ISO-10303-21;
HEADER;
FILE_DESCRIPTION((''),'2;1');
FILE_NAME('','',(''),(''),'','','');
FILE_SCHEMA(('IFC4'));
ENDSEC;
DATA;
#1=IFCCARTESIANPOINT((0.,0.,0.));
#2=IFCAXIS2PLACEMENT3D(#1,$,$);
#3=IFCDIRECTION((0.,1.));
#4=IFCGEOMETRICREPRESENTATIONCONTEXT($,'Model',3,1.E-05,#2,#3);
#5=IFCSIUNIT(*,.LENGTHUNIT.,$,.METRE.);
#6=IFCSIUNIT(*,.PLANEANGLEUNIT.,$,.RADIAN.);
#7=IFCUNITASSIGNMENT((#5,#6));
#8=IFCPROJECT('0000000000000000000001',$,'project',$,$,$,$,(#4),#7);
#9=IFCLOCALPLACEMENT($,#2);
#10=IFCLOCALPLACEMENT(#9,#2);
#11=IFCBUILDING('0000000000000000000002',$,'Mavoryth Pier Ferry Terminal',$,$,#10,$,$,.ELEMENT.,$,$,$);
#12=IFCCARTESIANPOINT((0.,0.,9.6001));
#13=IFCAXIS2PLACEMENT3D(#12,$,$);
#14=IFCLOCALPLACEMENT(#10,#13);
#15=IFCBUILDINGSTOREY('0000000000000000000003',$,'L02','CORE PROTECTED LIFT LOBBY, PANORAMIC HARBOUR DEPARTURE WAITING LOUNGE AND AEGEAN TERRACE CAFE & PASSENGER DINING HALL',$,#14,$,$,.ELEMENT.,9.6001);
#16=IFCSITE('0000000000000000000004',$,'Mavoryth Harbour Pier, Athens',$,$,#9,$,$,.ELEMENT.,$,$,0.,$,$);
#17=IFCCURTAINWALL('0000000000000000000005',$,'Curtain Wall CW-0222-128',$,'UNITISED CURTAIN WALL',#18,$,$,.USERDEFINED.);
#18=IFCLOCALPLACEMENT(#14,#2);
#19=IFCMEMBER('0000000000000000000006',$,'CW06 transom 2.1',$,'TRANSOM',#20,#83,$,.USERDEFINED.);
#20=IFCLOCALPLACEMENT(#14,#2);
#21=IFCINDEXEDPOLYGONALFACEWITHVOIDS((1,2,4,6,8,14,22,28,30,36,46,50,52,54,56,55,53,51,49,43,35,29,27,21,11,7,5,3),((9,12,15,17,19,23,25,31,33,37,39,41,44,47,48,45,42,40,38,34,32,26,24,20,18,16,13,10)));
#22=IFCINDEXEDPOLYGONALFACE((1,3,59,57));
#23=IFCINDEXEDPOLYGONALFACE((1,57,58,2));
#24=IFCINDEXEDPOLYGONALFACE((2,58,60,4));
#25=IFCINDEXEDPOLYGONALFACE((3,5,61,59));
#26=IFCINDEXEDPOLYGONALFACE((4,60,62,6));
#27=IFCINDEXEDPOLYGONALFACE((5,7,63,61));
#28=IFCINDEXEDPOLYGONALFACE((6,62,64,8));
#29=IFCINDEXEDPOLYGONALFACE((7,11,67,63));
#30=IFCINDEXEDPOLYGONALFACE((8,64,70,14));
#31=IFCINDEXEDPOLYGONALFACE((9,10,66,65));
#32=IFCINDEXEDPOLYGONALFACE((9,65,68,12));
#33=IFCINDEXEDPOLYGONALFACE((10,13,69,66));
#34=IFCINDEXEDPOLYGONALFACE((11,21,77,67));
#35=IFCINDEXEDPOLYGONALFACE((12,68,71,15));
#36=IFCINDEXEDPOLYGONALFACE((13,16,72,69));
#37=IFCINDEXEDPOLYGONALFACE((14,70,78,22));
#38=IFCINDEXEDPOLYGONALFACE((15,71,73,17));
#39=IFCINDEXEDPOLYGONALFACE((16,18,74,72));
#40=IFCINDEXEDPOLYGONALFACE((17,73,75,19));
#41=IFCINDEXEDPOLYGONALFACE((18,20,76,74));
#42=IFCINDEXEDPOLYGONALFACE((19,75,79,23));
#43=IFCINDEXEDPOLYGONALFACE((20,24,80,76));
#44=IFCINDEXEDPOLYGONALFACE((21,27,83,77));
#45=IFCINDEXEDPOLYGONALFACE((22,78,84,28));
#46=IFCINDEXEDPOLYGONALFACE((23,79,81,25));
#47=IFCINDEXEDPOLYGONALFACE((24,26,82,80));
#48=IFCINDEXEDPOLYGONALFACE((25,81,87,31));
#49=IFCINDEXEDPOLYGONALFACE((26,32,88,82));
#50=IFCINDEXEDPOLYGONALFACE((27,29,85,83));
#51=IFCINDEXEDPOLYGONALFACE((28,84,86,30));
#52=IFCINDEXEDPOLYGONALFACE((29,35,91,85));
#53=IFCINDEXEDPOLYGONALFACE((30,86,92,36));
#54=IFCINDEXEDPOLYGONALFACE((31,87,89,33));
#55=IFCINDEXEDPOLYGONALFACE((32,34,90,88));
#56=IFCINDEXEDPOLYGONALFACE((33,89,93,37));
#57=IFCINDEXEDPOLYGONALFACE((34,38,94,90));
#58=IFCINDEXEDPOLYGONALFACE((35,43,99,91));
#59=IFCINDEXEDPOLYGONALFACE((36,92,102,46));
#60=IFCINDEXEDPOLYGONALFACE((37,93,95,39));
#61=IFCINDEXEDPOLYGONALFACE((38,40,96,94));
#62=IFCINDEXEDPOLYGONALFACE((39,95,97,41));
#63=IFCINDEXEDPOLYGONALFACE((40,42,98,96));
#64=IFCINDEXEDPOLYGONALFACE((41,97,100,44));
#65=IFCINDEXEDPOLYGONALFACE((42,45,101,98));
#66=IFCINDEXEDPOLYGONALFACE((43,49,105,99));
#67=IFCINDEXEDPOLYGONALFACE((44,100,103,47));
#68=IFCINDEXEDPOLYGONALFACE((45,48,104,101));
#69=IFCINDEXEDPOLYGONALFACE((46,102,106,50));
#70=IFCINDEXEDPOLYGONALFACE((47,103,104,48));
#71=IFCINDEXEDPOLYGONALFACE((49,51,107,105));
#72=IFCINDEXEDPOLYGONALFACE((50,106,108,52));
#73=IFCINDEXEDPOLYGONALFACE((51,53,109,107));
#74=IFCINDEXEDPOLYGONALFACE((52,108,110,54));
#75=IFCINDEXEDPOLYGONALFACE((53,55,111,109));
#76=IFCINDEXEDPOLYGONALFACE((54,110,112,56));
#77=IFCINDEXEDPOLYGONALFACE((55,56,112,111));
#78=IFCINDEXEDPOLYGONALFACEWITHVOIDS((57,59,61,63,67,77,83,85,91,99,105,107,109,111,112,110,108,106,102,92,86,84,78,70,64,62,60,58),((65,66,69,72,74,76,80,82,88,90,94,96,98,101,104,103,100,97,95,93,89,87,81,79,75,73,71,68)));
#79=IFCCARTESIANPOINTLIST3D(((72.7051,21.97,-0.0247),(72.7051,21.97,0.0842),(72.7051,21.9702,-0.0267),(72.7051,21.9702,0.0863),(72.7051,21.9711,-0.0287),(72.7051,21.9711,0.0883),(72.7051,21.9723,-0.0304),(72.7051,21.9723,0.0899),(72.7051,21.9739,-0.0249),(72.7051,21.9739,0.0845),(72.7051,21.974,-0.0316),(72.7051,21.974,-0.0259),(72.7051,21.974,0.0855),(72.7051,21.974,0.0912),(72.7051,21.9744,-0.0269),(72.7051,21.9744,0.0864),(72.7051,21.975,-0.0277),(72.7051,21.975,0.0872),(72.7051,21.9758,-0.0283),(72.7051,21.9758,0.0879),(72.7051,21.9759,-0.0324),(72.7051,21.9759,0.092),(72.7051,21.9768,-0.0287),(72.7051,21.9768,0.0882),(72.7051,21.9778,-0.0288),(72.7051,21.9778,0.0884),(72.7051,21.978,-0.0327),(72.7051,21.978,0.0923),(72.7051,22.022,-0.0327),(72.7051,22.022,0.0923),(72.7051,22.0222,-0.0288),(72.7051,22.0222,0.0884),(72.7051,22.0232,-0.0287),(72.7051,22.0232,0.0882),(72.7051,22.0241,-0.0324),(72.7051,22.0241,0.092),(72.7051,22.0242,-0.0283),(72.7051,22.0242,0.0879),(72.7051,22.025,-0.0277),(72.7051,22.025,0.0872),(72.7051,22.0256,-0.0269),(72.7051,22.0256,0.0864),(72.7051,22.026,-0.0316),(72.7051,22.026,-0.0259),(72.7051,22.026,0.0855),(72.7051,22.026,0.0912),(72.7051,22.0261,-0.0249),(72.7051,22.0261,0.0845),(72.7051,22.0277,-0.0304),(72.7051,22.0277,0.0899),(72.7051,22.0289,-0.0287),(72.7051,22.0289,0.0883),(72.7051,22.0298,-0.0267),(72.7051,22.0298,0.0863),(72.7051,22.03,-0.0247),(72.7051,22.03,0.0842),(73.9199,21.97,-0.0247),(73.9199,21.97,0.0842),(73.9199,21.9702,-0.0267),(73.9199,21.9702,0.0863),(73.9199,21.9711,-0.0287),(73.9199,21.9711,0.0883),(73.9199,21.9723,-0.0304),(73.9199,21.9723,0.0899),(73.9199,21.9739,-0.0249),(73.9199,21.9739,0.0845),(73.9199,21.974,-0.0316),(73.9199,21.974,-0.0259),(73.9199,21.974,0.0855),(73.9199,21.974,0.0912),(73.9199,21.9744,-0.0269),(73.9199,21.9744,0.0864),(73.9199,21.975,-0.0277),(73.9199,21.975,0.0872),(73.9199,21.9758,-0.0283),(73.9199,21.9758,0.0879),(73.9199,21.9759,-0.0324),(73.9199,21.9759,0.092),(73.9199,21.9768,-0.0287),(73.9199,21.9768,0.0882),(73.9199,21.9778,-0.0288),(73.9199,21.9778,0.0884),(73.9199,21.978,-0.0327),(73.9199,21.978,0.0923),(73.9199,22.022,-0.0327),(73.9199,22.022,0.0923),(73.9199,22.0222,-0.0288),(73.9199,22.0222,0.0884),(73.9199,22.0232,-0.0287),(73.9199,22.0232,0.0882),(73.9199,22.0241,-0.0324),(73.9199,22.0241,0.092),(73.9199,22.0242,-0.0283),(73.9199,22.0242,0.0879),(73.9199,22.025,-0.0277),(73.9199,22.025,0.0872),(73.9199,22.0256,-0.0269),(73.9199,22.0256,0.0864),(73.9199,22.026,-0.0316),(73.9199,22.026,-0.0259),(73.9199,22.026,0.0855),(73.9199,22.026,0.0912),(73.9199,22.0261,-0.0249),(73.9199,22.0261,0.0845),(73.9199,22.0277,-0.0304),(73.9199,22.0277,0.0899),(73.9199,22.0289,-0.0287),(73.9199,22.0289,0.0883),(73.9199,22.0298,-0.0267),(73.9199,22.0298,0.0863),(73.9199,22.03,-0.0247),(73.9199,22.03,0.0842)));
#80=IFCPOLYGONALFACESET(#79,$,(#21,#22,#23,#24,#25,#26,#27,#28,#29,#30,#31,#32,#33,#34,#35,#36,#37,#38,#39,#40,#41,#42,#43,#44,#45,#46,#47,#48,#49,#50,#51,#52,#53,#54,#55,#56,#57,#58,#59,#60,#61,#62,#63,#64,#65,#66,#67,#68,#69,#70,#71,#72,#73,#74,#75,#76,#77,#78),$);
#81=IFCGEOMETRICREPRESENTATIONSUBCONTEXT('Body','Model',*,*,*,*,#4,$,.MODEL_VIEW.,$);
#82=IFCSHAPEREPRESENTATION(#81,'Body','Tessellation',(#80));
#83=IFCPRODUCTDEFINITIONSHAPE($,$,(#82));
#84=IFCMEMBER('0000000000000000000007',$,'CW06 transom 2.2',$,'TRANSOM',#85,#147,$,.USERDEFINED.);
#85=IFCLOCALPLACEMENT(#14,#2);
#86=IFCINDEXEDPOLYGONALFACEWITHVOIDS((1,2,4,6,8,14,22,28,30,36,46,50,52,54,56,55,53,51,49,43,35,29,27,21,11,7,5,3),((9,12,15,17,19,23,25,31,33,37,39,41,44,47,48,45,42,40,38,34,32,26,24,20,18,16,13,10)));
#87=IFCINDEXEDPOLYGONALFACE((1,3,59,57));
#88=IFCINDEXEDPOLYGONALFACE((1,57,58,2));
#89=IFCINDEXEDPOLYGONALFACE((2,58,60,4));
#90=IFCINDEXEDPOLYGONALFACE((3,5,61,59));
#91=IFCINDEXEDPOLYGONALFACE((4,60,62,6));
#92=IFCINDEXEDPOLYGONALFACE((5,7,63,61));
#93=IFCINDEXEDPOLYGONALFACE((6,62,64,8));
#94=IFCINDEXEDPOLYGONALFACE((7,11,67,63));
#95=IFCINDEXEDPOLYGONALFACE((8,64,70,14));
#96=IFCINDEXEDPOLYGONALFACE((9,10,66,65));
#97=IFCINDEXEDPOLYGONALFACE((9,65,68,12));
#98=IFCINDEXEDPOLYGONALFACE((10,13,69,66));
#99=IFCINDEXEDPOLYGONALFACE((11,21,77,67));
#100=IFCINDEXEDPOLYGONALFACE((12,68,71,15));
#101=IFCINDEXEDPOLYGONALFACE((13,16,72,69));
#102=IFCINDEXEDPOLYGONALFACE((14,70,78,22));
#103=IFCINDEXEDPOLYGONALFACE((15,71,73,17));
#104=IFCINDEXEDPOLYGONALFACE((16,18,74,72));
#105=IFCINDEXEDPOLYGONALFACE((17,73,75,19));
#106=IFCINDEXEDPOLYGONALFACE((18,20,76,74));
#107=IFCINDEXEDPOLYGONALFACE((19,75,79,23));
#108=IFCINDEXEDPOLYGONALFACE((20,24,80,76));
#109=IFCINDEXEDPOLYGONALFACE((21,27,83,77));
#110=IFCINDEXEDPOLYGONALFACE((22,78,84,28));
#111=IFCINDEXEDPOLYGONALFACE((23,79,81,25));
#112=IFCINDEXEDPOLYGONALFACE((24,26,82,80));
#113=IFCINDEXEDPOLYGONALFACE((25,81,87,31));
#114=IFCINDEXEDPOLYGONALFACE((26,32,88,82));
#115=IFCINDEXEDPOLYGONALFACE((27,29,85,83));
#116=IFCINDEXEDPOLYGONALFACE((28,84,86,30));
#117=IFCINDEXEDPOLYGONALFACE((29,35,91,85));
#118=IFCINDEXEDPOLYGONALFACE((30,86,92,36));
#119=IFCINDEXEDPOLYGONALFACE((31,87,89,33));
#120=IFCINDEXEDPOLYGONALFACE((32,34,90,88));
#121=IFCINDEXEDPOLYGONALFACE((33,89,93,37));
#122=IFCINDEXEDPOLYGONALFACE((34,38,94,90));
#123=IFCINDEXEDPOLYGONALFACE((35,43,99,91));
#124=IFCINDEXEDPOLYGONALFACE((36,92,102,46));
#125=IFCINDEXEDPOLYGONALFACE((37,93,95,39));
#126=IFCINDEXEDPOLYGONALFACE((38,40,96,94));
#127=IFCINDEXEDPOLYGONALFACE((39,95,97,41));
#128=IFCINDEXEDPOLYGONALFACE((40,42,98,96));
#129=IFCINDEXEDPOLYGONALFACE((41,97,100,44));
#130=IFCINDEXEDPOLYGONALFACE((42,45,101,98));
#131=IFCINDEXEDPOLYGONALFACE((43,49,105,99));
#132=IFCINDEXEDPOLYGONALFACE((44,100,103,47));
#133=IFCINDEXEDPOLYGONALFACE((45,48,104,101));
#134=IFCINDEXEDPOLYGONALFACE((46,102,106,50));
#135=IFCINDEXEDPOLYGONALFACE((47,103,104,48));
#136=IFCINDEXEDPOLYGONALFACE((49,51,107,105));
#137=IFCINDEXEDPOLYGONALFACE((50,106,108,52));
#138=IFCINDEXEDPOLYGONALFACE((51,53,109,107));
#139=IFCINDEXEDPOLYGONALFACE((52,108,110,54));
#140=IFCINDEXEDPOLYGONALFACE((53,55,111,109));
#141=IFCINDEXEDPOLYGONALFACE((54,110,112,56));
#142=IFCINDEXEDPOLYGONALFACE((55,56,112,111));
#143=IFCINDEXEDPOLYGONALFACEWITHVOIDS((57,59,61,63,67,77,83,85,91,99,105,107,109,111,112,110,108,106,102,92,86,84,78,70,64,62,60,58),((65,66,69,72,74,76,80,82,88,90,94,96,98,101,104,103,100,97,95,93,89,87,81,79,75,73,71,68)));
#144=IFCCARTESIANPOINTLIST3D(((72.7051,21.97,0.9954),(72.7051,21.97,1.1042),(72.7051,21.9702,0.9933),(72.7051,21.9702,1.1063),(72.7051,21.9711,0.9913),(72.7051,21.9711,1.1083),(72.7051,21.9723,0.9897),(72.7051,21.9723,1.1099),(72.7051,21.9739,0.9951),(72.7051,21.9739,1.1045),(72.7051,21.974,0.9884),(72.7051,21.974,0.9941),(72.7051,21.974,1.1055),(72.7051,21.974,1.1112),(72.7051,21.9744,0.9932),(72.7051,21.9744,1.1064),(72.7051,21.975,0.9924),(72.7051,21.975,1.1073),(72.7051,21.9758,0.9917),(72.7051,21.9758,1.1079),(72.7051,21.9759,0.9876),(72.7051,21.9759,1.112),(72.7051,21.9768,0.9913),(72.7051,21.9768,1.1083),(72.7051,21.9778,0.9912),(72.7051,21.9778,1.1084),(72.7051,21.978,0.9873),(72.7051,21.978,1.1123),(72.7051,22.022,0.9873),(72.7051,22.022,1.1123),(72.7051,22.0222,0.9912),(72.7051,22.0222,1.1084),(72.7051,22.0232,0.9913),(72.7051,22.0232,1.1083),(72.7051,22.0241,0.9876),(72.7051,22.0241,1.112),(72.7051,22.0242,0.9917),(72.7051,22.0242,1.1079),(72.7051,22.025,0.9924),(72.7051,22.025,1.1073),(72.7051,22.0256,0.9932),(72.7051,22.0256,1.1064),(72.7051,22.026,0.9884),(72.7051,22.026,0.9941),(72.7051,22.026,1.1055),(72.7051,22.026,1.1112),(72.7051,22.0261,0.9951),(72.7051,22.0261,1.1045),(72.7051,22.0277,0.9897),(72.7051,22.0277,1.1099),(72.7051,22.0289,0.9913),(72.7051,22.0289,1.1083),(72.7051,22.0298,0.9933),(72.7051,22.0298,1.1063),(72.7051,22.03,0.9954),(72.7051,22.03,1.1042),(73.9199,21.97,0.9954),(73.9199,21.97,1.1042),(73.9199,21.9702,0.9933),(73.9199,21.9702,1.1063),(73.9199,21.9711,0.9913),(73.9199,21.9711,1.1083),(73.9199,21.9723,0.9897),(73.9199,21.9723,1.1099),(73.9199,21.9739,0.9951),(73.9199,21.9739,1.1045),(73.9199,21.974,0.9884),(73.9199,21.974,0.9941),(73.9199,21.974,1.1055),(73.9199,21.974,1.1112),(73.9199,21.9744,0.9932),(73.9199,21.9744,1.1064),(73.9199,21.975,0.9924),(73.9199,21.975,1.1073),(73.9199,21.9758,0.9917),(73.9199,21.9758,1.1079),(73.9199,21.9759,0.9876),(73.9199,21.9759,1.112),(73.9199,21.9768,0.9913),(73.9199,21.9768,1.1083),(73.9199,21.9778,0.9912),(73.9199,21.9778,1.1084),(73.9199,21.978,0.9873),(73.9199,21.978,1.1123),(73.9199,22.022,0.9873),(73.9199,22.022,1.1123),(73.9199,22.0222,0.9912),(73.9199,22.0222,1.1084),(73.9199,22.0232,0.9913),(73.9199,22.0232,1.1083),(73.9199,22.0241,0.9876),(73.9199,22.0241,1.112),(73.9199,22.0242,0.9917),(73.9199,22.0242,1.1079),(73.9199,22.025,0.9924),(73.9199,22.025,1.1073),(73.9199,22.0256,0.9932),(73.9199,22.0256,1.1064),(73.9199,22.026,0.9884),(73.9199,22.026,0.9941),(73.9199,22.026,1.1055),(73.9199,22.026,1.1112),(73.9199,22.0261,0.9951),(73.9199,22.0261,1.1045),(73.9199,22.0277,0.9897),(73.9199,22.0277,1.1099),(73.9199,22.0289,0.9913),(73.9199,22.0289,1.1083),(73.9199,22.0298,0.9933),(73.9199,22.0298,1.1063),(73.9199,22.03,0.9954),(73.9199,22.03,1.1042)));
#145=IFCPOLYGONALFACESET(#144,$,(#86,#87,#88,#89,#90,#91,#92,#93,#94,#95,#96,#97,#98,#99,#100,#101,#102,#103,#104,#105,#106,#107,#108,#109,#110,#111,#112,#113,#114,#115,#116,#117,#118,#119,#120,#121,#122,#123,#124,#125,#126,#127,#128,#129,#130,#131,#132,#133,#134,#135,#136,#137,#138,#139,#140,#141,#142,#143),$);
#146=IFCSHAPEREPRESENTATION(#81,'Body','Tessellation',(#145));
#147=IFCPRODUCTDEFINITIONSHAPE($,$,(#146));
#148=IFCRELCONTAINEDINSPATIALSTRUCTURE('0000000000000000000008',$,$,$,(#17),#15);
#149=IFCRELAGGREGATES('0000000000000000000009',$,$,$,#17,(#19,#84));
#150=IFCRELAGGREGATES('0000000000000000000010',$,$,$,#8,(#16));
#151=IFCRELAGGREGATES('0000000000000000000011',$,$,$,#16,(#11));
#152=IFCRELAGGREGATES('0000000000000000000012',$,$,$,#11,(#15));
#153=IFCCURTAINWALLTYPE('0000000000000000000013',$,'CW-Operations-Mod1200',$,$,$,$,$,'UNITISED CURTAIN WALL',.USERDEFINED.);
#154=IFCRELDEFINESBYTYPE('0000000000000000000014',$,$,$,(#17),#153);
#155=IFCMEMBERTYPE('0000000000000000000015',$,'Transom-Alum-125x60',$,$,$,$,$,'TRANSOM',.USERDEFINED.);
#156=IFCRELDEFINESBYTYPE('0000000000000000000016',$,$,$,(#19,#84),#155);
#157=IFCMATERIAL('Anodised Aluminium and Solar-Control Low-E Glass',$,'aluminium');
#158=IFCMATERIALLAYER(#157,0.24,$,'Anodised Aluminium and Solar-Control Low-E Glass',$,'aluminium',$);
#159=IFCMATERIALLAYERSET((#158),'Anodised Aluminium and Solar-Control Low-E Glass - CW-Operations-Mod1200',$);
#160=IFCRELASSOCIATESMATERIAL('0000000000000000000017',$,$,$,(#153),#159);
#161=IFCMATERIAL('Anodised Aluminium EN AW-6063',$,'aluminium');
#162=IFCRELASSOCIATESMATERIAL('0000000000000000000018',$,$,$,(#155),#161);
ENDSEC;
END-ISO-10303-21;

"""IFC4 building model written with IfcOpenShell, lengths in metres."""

from ifc_helpers import new_model, si_unit, direction, frame, origin, origin_2d, place, context, subcontext, project, spatial, hollow_rectangle, extrude, material, layer, layer_set, material_profile, profile_set, type_object, element, aggregate, save


model = new_model("IFC4")

# Units and contexts
model_context = context("Model", 3, precision=1e-05, world=origin(), true_north=direction((0.0, 1.0)))
body_context = subcontext(model_context, "Body", "Model", "MODEL_VIEW")
ifc_project = project(units=[si_unit("LENGTHUNIT", "METRE"), si_unit("PLANEANGLEUNIT", "RADIAN")], contexts=[model_context])

# Site, building, storey
site_placement = place(None, origin())
site = spatial("IfcSite", under=ifc_project, at=site_placement, Name="Mavoryth Harbour Pier, Athens", CompositionType="ELEMENT", RefElevation=0.0)
building_placement = place(site_placement, origin())
building = spatial("IfcBuilding", under=site, at=building_placement, Name="Mavoryth Pier Ferry Terminal", CompositionType="ELEMENT")
storey_placement = place(building_placement, frame((0.0, 0.0, 9.6001)))
storey = spatial("IfcBuildingStorey", under=building, at=storey_placement, Name="L02", Description="CORE PROTECTED LIFT LOBBY, PANORAMIC HARBOUR DEPARTURE WAITING LOUNGE AND AEGEAN TERRACE CAFE & PASSENGER DINING HALL", CompositionType="ELEMENT", Elevation=9.6001)

# Curtain wall
ifc_material_1 = material(Name="Anodised Aluminium and Solar-Control Low-E Glass", Category="aluminium")
ifc_layer_1 = layer(ifc_material_1, 0.24, Name="Anodised Aluminium and Solar-Control Low-E Glass", Category="aluminium")
ifc_layer_set_1 = layer_set([ifc_layer_1], Name="Anodised Aluminium and Solar-Control Low-E Glass - CW-Operations-Mod1200")
curtain_wall_type = type_object("IfcCurtainWallType", Name="CW-Operations-Mod1200", ElementType="UNITISED CURTAIN WALL", PredefinedType="USERDEFINED", material=ifc_layer_set_1)
curtain_wall_1_placement = place(storey_placement, origin())
curtain_wall_1 = element("IfcCurtainWall", 1, at=curtain_wall_1_placement, inside=storey, type_object=curtain_wall_type, Name="Curtain Wall CW-0222-128", ObjectType="UNITISED CURTAIN WALL", PredefinedType="USERDEFINED")
ifc_material_2 = material(Name="Anodised Aluminium EN AW-6063", Category="aluminium")

# Members
ifc_material_profile_1 = material_profile(ifc_material_2, hollow_rectangle(XDim=0.0601, YDim=0.125, WallThickness=0.0039, InnerFilletRadius=0.0039, OuterFilletRadius=0.0081, at=origin_2d()), Name="AL-TRAN 125x60x4", Category="aluminium")
ifc_profile_set_1 = profile_set([ifc_material_profile_1], Name="Anodised Aluminium EN AW-6063 - AL-TRAN 125x60x4")
member_type_1 = type_object("IfcMemberType", Name="Transom-Alum-125x60", ElementType="TRANSOM", PredefinedType="USERDEFINED", material=ifc_profile_set_1)
member_1_placement = place(storey_placement, frame((73.9199, 22.0, 0.0298), z_axis=(-1.0, 0.0, 0.0), x_axis=(0.0, -1.0, 0.0)))
member_1 = element("IfcMember", 2, at=member_1_placement, type_object=member_type_1, Name="CW06 transom 2.1", ObjectType="TRANSOM", PredefinedType="USERDEFINED", context=body_context, shape_type="SweptSolid", body=[
    extrude(hollow_rectangle(XDim=0.0601, YDim=0.125, WallThickness=0.0039, InnerFilletRadius=0.0039, OuterFilletRadius=0.0081, at=origin_2d()), origin(), (0.0, 0.0, 1.0), 1.2148),
])
member_2_placement = place(storey_placement, frame((73.9199, 22.0, 1.0498), z_axis=(-1.0, 0.0, 0.0), x_axis=(0.0, -1.0, 0.0)))
member_2 = element("IfcMember", 3, at=member_2_placement, type_object=member_type_1, Name="CW06 transom 2.2", ObjectType="TRANSOM", PredefinedType="USERDEFINED", context=body_context, shape_type="SweptSolid", body=[
    extrude(hollow_rectangle(XDim=0.0601, YDim=0.125, WallThickness=0.0039, InnerFilletRadius=0.0039, OuterFilletRadius=0.0081, at=origin_2d()), origin(), (0.0, 0.0, 1.0), 1.2148),
])

aggregate(curtain_wall_1, [member_1, member_2])

save(model, "model.ifc")
